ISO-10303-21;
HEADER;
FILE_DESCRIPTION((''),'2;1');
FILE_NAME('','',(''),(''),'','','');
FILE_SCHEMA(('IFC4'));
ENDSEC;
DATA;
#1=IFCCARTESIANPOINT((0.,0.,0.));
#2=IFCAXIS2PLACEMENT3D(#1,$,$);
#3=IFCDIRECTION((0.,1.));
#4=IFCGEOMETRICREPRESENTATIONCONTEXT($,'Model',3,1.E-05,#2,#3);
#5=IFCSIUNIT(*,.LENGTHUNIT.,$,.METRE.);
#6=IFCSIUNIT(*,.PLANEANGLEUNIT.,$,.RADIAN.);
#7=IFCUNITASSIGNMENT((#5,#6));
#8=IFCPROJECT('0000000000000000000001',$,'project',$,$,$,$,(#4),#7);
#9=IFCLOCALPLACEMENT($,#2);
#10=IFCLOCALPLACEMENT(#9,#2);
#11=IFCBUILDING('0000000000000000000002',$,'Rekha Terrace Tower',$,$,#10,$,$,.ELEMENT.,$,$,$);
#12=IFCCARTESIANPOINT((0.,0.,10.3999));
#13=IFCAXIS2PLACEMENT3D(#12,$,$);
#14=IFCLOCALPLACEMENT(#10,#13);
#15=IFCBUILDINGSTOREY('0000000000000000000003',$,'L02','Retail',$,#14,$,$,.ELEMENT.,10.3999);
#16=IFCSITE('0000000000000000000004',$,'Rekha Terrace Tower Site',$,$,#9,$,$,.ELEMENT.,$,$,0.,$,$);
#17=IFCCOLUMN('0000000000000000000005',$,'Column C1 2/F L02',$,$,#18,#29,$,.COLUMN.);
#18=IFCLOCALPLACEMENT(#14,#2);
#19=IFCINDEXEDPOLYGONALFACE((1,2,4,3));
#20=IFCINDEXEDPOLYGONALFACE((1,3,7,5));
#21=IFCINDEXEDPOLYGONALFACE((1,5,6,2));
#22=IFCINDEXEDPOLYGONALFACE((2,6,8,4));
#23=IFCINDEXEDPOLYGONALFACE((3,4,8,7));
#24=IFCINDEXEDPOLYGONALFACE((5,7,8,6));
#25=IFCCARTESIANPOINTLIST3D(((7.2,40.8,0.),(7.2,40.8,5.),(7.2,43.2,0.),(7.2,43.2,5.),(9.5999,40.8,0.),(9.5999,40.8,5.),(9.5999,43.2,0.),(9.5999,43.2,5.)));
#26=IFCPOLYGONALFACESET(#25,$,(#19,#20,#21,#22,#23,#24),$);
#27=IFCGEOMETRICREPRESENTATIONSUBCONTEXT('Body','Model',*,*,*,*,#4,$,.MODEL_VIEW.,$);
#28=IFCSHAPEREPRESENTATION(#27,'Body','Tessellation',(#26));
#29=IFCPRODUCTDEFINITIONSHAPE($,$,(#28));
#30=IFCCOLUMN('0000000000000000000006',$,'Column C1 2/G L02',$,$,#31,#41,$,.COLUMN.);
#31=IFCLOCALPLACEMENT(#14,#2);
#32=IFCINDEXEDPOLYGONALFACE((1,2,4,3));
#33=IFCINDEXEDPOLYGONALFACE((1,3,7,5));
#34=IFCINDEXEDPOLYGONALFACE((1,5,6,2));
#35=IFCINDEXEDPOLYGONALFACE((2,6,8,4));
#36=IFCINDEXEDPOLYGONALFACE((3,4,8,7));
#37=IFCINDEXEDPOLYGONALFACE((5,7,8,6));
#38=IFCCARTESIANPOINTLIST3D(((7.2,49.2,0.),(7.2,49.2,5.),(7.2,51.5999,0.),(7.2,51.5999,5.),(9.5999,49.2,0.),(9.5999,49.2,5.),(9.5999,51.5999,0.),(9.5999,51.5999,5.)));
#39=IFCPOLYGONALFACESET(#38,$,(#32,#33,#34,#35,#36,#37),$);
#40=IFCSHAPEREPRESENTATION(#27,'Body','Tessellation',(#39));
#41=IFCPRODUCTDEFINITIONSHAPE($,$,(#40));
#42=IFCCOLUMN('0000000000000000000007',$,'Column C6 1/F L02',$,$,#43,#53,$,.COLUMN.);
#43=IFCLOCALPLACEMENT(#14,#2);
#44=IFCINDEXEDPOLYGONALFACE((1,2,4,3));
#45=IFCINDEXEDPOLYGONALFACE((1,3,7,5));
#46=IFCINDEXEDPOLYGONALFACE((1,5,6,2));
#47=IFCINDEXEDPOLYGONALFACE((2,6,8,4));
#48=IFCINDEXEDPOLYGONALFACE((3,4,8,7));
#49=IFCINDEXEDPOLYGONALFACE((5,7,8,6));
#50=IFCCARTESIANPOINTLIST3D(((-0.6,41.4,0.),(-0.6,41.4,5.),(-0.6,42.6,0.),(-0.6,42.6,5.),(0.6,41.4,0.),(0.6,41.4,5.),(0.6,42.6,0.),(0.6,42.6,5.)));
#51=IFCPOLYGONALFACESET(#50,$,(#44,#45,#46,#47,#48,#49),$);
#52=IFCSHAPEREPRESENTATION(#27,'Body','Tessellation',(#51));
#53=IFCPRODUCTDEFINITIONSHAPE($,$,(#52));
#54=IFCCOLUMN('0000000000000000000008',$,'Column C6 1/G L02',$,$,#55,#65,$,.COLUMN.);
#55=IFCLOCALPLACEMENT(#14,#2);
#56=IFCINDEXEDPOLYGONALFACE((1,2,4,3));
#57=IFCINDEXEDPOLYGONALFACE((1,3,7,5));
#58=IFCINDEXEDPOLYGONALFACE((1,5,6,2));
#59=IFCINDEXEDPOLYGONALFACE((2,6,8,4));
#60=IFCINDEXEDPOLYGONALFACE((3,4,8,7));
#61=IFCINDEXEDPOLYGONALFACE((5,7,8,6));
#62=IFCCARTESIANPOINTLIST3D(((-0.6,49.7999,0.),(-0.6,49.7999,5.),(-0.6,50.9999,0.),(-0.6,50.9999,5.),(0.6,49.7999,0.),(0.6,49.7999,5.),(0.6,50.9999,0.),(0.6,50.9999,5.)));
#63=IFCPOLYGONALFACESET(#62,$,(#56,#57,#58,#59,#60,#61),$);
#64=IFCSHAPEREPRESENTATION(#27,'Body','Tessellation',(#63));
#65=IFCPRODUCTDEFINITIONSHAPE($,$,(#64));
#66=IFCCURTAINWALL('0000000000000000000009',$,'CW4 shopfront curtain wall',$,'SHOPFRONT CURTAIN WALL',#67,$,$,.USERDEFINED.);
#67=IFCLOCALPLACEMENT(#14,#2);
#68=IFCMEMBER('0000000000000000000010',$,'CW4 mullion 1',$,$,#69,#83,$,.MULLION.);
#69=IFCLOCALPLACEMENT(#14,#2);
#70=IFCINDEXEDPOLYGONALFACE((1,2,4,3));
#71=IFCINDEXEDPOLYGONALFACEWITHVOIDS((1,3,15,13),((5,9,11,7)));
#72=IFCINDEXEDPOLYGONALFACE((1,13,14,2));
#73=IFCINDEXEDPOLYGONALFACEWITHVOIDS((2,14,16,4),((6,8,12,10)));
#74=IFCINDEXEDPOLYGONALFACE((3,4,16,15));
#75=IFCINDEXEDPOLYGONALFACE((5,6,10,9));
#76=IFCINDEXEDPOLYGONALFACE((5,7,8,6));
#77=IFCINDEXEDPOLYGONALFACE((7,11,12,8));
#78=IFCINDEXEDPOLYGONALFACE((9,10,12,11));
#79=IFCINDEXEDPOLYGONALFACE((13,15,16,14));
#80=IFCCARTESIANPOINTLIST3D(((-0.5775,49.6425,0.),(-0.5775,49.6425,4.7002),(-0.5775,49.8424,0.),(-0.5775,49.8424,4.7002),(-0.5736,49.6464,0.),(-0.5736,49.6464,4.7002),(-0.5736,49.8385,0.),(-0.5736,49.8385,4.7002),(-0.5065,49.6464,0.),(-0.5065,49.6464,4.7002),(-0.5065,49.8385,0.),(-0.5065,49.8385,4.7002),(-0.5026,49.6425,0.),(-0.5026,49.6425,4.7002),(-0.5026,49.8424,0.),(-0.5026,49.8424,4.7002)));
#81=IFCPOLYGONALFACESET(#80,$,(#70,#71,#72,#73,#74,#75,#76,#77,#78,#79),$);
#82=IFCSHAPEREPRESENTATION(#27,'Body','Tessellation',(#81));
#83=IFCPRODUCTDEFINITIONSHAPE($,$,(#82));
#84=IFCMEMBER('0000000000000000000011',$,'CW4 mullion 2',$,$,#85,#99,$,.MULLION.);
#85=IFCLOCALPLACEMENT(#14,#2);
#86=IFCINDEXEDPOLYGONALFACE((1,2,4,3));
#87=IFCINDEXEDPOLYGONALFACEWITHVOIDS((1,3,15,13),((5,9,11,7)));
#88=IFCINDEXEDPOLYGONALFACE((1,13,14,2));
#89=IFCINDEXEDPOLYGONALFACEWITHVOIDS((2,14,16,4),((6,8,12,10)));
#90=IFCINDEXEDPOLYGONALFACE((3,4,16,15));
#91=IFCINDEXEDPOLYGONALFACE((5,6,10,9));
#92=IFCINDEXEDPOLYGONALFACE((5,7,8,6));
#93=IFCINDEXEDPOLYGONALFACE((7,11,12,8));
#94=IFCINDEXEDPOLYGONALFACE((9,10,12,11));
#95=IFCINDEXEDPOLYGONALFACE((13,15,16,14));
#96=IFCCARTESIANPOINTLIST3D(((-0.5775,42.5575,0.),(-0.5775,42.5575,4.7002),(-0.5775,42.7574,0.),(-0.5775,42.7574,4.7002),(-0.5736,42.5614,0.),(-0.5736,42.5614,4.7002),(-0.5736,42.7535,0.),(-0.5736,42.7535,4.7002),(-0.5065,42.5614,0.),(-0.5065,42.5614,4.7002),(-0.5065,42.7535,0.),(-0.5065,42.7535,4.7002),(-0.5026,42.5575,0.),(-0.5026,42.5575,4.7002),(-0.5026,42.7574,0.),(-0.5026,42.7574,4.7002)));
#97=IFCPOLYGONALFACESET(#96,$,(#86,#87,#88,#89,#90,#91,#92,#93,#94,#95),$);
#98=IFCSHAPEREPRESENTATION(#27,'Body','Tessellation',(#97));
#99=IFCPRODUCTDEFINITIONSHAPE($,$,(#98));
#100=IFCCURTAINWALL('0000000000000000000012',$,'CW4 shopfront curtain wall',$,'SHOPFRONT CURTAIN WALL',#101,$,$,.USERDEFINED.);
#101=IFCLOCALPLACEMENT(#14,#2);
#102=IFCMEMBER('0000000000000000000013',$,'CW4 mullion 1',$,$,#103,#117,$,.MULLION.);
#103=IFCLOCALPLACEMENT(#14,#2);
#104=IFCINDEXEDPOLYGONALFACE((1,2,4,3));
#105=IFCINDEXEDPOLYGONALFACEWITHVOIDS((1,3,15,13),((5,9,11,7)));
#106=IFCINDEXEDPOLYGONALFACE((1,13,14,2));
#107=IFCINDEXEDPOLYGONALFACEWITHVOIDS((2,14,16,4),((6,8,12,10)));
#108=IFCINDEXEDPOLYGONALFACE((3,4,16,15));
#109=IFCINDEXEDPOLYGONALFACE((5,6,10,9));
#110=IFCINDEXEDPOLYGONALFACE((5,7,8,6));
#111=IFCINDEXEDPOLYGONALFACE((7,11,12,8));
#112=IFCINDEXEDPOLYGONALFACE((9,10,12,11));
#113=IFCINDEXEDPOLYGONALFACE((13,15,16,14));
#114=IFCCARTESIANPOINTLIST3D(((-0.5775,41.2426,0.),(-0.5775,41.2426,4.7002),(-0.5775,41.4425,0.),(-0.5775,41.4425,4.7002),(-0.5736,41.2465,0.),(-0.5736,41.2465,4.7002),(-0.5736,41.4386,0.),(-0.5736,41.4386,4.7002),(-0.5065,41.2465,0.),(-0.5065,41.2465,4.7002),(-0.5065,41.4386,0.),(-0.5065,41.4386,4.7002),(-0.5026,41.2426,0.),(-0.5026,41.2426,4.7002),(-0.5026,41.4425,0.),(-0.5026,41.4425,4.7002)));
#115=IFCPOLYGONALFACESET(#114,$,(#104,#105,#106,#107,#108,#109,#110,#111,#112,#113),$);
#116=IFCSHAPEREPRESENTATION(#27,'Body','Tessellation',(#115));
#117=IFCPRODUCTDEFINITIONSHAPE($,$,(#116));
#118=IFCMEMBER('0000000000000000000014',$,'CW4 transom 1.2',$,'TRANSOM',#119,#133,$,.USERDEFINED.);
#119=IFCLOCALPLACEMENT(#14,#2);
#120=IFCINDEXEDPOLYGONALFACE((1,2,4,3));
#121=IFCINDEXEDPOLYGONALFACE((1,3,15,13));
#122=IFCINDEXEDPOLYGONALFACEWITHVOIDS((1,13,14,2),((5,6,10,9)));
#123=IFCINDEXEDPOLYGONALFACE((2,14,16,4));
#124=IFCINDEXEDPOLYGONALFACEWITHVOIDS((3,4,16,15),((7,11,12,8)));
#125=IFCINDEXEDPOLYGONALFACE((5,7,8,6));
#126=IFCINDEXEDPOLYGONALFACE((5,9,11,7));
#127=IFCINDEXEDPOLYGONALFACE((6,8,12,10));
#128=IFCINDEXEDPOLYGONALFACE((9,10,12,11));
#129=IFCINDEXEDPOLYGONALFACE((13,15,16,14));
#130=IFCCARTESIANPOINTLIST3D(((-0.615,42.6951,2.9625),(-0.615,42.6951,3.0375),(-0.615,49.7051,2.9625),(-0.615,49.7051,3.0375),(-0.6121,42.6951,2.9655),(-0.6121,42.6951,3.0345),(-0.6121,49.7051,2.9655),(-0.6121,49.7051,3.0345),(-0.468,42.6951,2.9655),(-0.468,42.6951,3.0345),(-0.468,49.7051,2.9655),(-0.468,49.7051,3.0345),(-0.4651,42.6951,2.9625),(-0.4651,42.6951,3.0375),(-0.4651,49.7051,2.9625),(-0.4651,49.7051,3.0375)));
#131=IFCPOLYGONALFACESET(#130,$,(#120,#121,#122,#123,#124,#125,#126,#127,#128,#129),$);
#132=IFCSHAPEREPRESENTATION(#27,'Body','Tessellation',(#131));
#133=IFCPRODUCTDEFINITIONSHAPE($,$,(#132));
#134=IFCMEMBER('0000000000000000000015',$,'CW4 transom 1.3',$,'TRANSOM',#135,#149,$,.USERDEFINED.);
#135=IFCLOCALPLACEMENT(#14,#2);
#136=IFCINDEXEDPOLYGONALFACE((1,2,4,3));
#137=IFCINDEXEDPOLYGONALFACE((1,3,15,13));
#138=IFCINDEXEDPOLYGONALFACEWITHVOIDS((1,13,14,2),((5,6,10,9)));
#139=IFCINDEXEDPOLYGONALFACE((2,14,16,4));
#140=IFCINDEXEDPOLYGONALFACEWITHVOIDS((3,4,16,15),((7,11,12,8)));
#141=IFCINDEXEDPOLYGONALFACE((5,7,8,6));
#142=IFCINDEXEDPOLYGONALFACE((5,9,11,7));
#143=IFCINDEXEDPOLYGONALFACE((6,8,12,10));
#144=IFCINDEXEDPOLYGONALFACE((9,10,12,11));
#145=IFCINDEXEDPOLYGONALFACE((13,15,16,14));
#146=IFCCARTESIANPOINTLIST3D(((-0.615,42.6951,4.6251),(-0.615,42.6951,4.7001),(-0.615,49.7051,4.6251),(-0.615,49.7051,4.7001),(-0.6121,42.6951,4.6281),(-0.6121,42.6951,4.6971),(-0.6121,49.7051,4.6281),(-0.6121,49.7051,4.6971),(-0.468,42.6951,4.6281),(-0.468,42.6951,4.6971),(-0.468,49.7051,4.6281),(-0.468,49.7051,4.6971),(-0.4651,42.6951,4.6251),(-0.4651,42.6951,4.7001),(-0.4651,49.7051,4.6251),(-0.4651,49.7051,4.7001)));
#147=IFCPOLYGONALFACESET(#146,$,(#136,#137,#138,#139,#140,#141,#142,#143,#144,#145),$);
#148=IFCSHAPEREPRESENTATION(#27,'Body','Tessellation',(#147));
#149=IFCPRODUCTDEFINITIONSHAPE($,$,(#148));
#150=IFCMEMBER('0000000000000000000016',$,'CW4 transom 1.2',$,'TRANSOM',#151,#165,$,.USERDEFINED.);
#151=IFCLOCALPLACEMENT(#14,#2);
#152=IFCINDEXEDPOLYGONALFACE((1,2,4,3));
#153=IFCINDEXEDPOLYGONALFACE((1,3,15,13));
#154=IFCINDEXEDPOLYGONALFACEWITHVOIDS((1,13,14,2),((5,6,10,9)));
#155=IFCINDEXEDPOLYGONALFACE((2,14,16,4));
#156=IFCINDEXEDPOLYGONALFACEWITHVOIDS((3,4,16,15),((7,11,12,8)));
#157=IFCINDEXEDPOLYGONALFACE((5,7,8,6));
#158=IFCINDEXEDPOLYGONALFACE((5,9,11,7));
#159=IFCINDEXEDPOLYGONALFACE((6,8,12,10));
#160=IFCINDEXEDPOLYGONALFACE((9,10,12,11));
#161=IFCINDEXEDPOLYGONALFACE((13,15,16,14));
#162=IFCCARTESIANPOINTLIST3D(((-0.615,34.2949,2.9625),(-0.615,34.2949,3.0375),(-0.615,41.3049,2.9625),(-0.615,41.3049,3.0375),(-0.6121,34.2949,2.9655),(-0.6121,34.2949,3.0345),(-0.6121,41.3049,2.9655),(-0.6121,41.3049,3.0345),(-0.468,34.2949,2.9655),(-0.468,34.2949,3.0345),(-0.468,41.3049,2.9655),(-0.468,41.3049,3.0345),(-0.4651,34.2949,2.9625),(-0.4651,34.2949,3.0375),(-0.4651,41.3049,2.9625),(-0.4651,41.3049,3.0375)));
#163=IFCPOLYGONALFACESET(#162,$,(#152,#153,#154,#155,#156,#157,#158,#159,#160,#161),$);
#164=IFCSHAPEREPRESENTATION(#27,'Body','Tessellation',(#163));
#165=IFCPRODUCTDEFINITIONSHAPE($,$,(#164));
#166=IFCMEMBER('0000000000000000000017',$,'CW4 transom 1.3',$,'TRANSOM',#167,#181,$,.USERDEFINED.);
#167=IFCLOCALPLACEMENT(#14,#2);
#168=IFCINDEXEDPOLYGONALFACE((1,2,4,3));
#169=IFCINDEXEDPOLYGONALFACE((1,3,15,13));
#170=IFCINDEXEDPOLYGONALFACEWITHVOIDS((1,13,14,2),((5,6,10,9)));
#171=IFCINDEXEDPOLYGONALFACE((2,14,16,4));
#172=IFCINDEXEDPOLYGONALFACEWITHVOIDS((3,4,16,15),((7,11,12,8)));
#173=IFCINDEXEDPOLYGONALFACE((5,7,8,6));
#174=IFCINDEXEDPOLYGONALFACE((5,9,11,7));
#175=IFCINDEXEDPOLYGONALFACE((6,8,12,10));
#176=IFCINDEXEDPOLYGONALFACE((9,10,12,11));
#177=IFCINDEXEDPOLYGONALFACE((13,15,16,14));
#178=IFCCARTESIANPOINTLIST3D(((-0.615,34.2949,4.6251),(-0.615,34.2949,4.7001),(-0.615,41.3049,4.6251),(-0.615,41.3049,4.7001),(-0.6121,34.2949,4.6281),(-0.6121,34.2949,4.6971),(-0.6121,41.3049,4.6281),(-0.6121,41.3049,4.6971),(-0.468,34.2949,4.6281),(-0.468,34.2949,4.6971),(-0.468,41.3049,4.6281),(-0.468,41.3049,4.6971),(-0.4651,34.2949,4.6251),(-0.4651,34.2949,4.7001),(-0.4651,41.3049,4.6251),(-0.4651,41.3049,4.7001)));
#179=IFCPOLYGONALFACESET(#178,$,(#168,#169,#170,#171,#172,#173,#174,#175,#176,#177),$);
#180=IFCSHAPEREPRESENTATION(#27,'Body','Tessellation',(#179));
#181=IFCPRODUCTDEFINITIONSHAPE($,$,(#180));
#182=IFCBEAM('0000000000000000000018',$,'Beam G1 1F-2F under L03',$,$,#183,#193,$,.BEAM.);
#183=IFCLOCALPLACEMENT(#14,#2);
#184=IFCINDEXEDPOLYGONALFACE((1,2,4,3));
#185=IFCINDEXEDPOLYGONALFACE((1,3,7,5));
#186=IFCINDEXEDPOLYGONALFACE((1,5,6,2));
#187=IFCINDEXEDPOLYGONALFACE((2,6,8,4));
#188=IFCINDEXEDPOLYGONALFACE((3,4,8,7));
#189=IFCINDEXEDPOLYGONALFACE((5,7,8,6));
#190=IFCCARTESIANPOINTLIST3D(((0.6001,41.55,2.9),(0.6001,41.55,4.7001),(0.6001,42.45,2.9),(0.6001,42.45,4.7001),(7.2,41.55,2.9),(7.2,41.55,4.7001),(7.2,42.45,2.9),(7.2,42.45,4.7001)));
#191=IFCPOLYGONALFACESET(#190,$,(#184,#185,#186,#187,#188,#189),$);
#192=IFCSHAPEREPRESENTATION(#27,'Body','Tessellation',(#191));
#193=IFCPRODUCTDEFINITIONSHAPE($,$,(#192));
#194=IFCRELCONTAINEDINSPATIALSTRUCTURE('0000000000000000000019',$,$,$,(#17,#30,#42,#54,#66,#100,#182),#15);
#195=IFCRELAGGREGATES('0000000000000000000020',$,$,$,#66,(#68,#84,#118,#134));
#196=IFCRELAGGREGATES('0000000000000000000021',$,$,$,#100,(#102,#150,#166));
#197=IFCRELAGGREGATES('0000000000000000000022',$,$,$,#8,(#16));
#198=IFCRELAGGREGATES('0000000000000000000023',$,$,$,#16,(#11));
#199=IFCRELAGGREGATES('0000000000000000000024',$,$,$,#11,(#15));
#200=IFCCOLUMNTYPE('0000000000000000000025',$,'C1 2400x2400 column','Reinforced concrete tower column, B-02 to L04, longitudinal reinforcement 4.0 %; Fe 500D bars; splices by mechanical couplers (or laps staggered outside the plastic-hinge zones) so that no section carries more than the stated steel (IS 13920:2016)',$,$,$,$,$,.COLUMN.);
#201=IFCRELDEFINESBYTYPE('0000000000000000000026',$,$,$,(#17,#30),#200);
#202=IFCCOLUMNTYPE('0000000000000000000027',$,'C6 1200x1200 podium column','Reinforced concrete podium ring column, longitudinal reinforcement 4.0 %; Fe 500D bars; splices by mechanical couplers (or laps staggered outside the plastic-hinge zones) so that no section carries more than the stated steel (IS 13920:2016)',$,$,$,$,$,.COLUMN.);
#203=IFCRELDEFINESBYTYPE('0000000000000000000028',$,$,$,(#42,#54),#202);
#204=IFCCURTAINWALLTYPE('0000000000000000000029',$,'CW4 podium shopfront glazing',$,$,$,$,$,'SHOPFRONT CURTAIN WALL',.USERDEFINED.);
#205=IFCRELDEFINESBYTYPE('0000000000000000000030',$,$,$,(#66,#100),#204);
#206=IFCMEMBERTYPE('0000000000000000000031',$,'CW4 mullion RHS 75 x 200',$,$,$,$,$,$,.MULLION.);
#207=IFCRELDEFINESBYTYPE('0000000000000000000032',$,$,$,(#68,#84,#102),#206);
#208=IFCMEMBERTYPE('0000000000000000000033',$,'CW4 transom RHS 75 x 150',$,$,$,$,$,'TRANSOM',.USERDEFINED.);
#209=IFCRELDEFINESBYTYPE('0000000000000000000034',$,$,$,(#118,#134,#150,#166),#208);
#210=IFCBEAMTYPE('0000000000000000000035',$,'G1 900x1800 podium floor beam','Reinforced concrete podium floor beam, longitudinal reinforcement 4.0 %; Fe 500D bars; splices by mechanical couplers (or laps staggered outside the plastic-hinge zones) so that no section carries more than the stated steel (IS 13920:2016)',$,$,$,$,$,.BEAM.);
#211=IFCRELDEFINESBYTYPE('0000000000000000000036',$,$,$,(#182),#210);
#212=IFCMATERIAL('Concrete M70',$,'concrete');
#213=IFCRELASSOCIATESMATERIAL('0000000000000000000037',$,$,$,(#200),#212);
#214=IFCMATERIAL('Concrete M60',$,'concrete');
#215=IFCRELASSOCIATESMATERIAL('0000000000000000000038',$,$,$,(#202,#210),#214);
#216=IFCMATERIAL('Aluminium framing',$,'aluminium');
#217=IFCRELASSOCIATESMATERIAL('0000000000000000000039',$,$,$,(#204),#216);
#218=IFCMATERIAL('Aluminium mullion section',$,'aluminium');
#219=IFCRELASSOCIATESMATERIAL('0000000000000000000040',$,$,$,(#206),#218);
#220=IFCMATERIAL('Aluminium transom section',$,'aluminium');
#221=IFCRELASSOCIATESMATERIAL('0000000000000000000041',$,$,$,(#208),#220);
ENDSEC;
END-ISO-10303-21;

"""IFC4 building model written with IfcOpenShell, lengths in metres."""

from ifc_helpers import new_model, si_unit, direction, frame, origin, origin_2d, place, context, subcontext, project, spatial, rectangle, hollow_rectangle, extrude, material, material_profile, profile_set, type_object, element, aggregate, save


model = new_model("IFC4")

# Units and contexts
model_context = context("Model", 3, precision=1e-05, world=origin(), true_north=direction((0.0, 1.0)))
body_context = subcontext(model_context, "Body", "Model", "MODEL_VIEW")
ifc_project = project(units=[si_unit("LENGTHUNIT", "METRE"), si_unit("PLANEANGLEUNIT", "RADIAN")], contexts=[model_context])

# Site, building, storey
site_placement = place(None, origin())
site = spatial("IfcSite", under=ifc_project, at=site_placement, Name="Rekha Terrace Tower Site", CompositionType="ELEMENT", RefElevation=0.0)
building_placement = place(site_placement, origin())
building = spatial("IfcBuilding", under=site, at=building_placement, Name="Rekha Terrace Tower", CompositionType="ELEMENT")
storey_placement = place(building_placement, frame((0.0, 0.0, 10.3999)))
storey = spatial("IfcBuildingStorey", under=building, at=storey_placement, Name="L02", Description="Retail", CompositionType="ELEMENT", Elevation=10.3999)

# Columns
ifc_material_1 = material(Name="Concrete M70", Category="concrete")
ifc_material_profile_1 = material_profile(ifc_material_1, rectangle(XDim=2.3999, YDim=2.3999, at=origin_2d()), Name="RC 2400x2400")
ifc_profile_set_1 = profile_set([ifc_material_profile_1], Name="Concrete M70")
column_type_1 = type_object("IfcColumnType", Name="C1 2400x2400 column", Description="Reinforced concrete tower column, B-02 to L04, longitudinal reinforcement 4.0 %; Fe 500D bars; splices by mechanical couplers (or laps staggered outside the plastic-hinge zones) so that no section carries more than the stated steel (IS 13920:2016)", PredefinedType="COLUMN", material=ifc_profile_set_1)
for number, where, z_axis, x_axis, name in (
    (1, (8.3999, 42.0, 0.0), (0.0, 0.0, 1.0), (1.0, 0.0, 0.0), "Column C1 2/F L02"),
    (2, (8.3999, 50.3999, 0.0), (0.0, 0.0, 1.0), (1.0, 0.0, 0.0), "Column C1 2/G L02"),
):
    element("IfcColumn", number, at=place(storey_placement, frame(where, z_axis=z_axis, x_axis=x_axis)), inside=storey, type_object=column_type_1, Name=name, PredefinedType="COLUMN", context=body_context, shape_type="SweptSolid", body=[
        extrude(rectangle(XDim=2.3999, YDim=2.3999, at=origin_2d()), origin(), (0.0, 0.0, 1.0), 5.0),
    ])
ifc_material_2 = material(Name="Concrete M60", Category="concrete")
ifc_material_profile_2 = material_profile(ifc_material_2, rectangle(XDim=1.2, YDim=1.2, at=origin_2d()), Name="RC 1200x1200")
ifc_profile_set_2 = profile_set([ifc_material_profile_2], Name="Concrete M60")
column_type_2 = type_object("IfcColumnType", Name="C6 1200x1200 podium column", Description="Reinforced concrete podium ring column, longitudinal reinforcement 4.0 %; Fe 500D bars; splices by mechanical couplers (or laps staggered outside the plastic-hinge zones) so that no section carries more than the stated steel (IS 13920:2016)", PredefinedType="COLUMN", material=ifc_profile_set_2)
for number, where, z_axis, x_axis, name in (
    (3, (0.0, 42.0, 0.0), (0.0, 0.0, 1.0), (1.0, 0.0, 0.0), "Column C6 1/F L02"),
    (4, (0.0, 50.3999, 0.0), (0.0, 0.0, 1.0), (1.0, 0.0, 0.0), "Column C6 1/G L02"),
):
    element("IfcColumn", number, at=place(storey_placement, frame(where, z_axis=z_axis, x_axis=x_axis)), inside=storey, type_object=column_type_2, Name=name, PredefinedType="COLUMN", context=body_context, shape_type="SweptSolid", body=[
        extrude(rectangle(XDim=1.2, YDim=1.2, at=origin_2d()), origin(), (0.0, 0.0, 1.0), 5.0),
    ])

# Curtain wall, members
ifc_material_3 = material(Name="Aluminium framing", Category="aluminium")
curtain_wall_type = type_object("IfcCurtainWallType", Name="CW4 podium shopfront glazing", ElementType="SHOPFRONT CURTAIN WALL", PredefinedType="USERDEFINED", material=ifc_material_3)
curtain_wall_1_placement = place(storey_placement, origin())
curtain_wall_1 = element("IfcCurtainWall", 5, at=curtain_wall_1_placement, inside=storey, type_object=curtain_wall_type, Name="CW4 shopfront curtain wall", ObjectType="SHOPFRONT CURTAIN WALL", PredefinedType="USERDEFINED")
ifc_material_4 = material(Name="Aluminium mullion section", Category="aluminium")
ifc_material_profile_3 = material_profile(ifc_material_4, hollow_rectangle(XDim=0.075, YDim=0.2, WallThickness=0.0039, at=origin_2d()), Name="AL RHS 75x200")
ifc_profile_set_3 = profile_set([ifc_material_profile_3], Name="Aluminium mullion section")
member_type_1 = type_object("IfcMemberType", Name="CW4 mullion RHS 75 x 200", PredefinedType="MULLION", material=ifc_profile_set_3)
member_1_placement = place(storey_placement, frame((-0.54, 49.7424, 0.0), z_axis=(0.0, 0.0, 1.0), x_axis=(1.0, 0.0, 0.0)))
member_1 = element("IfcMember", 6, at=member_1_placement, type_object=member_type_1, Name="CW4 mullion 1", PredefinedType="MULLION", context=body_context, shape_type="SweptSolid", body=[
    extrude(hollow_rectangle(XDim=0.075, YDim=0.2, WallThickness=0.0039, at=origin_2d()), origin(), (0.0, 0.0, 1.0), 4.7002),
])
member_2_placement = place(storey_placement, frame((-0.54, 42.6575, 0.0), z_axis=(0.0, 0.0, 1.0), x_axis=(1.0, 0.0, 0.0)))
member_2 = element("IfcMember", 7, at=member_2_placement, type_object=member_type_1, Name="CW4 mullion 2", PredefinedType="MULLION", context=body_context, shape_type="SweptSolid", body=[
    extrude(hollow_rectangle(XDim=0.075, YDim=0.2, WallThickness=0.0039, at=origin_2d()), origin(), (0.0, 0.0, 1.0), 4.7002),
])

# Curtain wall, member
curtain_wall_2_placement = place(storey_placement, origin())
curtain_wall_2 = element("IfcCurtainWall", 8, at=curtain_wall_2_placement, inside=storey, type_object=curtain_wall_type, Name="CW4 shopfront curtain wall", ObjectType="SHOPFRONT CURTAIN WALL", PredefinedType="USERDEFINED")
member_3_placement = place(storey_placement, frame((-0.54, 41.3425, 0.0), z_axis=(0.0, 0.0, 1.0), x_axis=(1.0, 0.0, 0.0)))
member_3 = element("IfcMember", 9, at=member_3_placement, type_object=member_type_1, Name="CW4 mullion 1", PredefinedType="MULLION", context=body_context, shape_type="SweptSolid", body=[
    extrude(hollow_rectangle(XDim=0.075, YDim=0.2, WallThickness=0.0039, at=origin_2d()), origin(), (0.0, 0.0, 1.0), 4.7002),
])

# Members
ifc_material_5 = material(Name="Aluminium transom section", Category="aluminium")
ifc_material_profile_4 = material_profile(ifc_material_5, hollow_rectangle(XDim=0.1499, YDim=0.075, WallThickness=0.0029, at=origin_2d()), Name="AL RHS 150x75")
ifc_profile_set_4 = profile_set([ifc_material_profile_4], Name="Aluminium transom section")
member_type_2 = type_object("IfcMemberType", Name="CW4 transom RHS 75 x 150", ElementType="TRANSOM", PredefinedType="USERDEFINED", material=ifc_profile_set_4)
member_4_placement = place(storey_placement, frame((-0.54, 49.7051, 3.0), z_axis=(0.0, -1.0, 0.0), x_axis=(1.0, 0.0, 0.0)))
member_4 = element("IfcMember", 10, at=member_4_placement, type_object=member_type_2, Name="CW4 transom 1.2", ObjectType="TRANSOM", PredefinedType="USERDEFINED", context=body_context, shape_type="SweptSolid", body=[
    extrude(hollow_rectangle(XDim=0.1499, YDim=0.075, WallThickness=0.0029, at=origin_2d()), origin(), (0.0, 0.0, 1.0), 7.01),
])
member_5_placement = place(storey_placement, frame((-0.54, 49.7051, 4.6626), z_axis=(0.0, -1.0, 0.0), x_axis=(1.0, 0.0, 0.0)))
member_5 = element("IfcMember", 11, at=member_5_placement, type_object=member_type_2, Name="CW4 transom 1.3", ObjectType="TRANSOM", PredefinedType="USERDEFINED", context=body_context, shape_type="SweptSolid", body=[
    extrude(hollow_rectangle(XDim=0.1499, YDim=0.075, WallThickness=0.0029, at=origin_2d()), origin(), (0.0, 0.0, 1.0), 7.01),
])
member_6_placement = place(storey_placement, frame((-0.54, 41.3049, 3.0), z_axis=(0.0, -1.0, 0.0), x_axis=(1.0, 0.0, 0.0)))
member_6 = element("IfcMember", 12, at=member_6_placement, type_object=member_type_2, Name="CW4 transom 1.2", ObjectType="TRANSOM", PredefinedType="USERDEFINED", context=body_context, shape_type="SweptSolid", body=[
    extrude(hollow_rectangle(XDim=0.1499, YDim=0.075, WallThickness=0.0029, at=origin_2d()), origin(), (0.0, 0.0, 1.0), 7.01),
])
member_7_placement = place(storey_placement, frame((-0.54, 41.3049, 4.6626), z_axis=(0.0, -1.0, 0.0), x_axis=(1.0, 0.0, 0.0)))
member_7 = element("IfcMember", 13, at=member_7_placement, type_object=member_type_2, Name="CW4 transom 1.3", ObjectType="TRANSOM", PredefinedType="USERDEFINED", context=body_context, shape_type="SweptSolid", body=[
    extrude(hollow_rectangle(XDim=0.1499, YDim=0.075, WallThickness=0.0029, at=origin_2d()), origin(), (0.0, 0.0, 1.0), 7.01),
])

# Beam
ifc_material_profile_5 = material_profile(ifc_material_2, rectangle(XDim=0.8999, YDim=1.8, at=origin_2d()), Name="RC 900x1800")
ifc_profile_set_5 = profile_set([ifc_material_profile_5], Name="Concrete M60")
beam_type = type_object("IfcBeamType", Name="G1 900x1800 podium floor beam", Description="Reinforced concrete podium floor beam, longitudinal reinforcement 4.0 %; Fe 500D bars; splices by mechanical couplers (or laps staggered outside the plastic-hinge zones) so that no section carries more than the stated steel (IS 13920:2016)", PredefinedType="BEAM", material=ifc_profile_set_5)
beam_1_placement = place(storey_placement, frame((0.6001, 42.0, 3.8), z_axis=(1.0, 0.0, 0.0), x_axis=(0.0, 1.0, 0.0)))
element("IfcBeam", 14, at=beam_1_placement, inside=storey, type_object=beam_type, Name="Beam G1 1F-2F under L03", PredefinedType="BEAM", context=body_context, shape_type="SweptSolid", body=[
    extrude(rectangle(XDim=0.8999, YDim=1.8, at=origin_2d()), origin(), (0.0, 0.0, 1.0), 6.5999),
])

aggregate(curtain_wall_1, [member_1, member_2, member_4, member_5])
aggregate(curtain_wall_2, [member_3, member_6, member_7])

save(model, "model.ifc")
